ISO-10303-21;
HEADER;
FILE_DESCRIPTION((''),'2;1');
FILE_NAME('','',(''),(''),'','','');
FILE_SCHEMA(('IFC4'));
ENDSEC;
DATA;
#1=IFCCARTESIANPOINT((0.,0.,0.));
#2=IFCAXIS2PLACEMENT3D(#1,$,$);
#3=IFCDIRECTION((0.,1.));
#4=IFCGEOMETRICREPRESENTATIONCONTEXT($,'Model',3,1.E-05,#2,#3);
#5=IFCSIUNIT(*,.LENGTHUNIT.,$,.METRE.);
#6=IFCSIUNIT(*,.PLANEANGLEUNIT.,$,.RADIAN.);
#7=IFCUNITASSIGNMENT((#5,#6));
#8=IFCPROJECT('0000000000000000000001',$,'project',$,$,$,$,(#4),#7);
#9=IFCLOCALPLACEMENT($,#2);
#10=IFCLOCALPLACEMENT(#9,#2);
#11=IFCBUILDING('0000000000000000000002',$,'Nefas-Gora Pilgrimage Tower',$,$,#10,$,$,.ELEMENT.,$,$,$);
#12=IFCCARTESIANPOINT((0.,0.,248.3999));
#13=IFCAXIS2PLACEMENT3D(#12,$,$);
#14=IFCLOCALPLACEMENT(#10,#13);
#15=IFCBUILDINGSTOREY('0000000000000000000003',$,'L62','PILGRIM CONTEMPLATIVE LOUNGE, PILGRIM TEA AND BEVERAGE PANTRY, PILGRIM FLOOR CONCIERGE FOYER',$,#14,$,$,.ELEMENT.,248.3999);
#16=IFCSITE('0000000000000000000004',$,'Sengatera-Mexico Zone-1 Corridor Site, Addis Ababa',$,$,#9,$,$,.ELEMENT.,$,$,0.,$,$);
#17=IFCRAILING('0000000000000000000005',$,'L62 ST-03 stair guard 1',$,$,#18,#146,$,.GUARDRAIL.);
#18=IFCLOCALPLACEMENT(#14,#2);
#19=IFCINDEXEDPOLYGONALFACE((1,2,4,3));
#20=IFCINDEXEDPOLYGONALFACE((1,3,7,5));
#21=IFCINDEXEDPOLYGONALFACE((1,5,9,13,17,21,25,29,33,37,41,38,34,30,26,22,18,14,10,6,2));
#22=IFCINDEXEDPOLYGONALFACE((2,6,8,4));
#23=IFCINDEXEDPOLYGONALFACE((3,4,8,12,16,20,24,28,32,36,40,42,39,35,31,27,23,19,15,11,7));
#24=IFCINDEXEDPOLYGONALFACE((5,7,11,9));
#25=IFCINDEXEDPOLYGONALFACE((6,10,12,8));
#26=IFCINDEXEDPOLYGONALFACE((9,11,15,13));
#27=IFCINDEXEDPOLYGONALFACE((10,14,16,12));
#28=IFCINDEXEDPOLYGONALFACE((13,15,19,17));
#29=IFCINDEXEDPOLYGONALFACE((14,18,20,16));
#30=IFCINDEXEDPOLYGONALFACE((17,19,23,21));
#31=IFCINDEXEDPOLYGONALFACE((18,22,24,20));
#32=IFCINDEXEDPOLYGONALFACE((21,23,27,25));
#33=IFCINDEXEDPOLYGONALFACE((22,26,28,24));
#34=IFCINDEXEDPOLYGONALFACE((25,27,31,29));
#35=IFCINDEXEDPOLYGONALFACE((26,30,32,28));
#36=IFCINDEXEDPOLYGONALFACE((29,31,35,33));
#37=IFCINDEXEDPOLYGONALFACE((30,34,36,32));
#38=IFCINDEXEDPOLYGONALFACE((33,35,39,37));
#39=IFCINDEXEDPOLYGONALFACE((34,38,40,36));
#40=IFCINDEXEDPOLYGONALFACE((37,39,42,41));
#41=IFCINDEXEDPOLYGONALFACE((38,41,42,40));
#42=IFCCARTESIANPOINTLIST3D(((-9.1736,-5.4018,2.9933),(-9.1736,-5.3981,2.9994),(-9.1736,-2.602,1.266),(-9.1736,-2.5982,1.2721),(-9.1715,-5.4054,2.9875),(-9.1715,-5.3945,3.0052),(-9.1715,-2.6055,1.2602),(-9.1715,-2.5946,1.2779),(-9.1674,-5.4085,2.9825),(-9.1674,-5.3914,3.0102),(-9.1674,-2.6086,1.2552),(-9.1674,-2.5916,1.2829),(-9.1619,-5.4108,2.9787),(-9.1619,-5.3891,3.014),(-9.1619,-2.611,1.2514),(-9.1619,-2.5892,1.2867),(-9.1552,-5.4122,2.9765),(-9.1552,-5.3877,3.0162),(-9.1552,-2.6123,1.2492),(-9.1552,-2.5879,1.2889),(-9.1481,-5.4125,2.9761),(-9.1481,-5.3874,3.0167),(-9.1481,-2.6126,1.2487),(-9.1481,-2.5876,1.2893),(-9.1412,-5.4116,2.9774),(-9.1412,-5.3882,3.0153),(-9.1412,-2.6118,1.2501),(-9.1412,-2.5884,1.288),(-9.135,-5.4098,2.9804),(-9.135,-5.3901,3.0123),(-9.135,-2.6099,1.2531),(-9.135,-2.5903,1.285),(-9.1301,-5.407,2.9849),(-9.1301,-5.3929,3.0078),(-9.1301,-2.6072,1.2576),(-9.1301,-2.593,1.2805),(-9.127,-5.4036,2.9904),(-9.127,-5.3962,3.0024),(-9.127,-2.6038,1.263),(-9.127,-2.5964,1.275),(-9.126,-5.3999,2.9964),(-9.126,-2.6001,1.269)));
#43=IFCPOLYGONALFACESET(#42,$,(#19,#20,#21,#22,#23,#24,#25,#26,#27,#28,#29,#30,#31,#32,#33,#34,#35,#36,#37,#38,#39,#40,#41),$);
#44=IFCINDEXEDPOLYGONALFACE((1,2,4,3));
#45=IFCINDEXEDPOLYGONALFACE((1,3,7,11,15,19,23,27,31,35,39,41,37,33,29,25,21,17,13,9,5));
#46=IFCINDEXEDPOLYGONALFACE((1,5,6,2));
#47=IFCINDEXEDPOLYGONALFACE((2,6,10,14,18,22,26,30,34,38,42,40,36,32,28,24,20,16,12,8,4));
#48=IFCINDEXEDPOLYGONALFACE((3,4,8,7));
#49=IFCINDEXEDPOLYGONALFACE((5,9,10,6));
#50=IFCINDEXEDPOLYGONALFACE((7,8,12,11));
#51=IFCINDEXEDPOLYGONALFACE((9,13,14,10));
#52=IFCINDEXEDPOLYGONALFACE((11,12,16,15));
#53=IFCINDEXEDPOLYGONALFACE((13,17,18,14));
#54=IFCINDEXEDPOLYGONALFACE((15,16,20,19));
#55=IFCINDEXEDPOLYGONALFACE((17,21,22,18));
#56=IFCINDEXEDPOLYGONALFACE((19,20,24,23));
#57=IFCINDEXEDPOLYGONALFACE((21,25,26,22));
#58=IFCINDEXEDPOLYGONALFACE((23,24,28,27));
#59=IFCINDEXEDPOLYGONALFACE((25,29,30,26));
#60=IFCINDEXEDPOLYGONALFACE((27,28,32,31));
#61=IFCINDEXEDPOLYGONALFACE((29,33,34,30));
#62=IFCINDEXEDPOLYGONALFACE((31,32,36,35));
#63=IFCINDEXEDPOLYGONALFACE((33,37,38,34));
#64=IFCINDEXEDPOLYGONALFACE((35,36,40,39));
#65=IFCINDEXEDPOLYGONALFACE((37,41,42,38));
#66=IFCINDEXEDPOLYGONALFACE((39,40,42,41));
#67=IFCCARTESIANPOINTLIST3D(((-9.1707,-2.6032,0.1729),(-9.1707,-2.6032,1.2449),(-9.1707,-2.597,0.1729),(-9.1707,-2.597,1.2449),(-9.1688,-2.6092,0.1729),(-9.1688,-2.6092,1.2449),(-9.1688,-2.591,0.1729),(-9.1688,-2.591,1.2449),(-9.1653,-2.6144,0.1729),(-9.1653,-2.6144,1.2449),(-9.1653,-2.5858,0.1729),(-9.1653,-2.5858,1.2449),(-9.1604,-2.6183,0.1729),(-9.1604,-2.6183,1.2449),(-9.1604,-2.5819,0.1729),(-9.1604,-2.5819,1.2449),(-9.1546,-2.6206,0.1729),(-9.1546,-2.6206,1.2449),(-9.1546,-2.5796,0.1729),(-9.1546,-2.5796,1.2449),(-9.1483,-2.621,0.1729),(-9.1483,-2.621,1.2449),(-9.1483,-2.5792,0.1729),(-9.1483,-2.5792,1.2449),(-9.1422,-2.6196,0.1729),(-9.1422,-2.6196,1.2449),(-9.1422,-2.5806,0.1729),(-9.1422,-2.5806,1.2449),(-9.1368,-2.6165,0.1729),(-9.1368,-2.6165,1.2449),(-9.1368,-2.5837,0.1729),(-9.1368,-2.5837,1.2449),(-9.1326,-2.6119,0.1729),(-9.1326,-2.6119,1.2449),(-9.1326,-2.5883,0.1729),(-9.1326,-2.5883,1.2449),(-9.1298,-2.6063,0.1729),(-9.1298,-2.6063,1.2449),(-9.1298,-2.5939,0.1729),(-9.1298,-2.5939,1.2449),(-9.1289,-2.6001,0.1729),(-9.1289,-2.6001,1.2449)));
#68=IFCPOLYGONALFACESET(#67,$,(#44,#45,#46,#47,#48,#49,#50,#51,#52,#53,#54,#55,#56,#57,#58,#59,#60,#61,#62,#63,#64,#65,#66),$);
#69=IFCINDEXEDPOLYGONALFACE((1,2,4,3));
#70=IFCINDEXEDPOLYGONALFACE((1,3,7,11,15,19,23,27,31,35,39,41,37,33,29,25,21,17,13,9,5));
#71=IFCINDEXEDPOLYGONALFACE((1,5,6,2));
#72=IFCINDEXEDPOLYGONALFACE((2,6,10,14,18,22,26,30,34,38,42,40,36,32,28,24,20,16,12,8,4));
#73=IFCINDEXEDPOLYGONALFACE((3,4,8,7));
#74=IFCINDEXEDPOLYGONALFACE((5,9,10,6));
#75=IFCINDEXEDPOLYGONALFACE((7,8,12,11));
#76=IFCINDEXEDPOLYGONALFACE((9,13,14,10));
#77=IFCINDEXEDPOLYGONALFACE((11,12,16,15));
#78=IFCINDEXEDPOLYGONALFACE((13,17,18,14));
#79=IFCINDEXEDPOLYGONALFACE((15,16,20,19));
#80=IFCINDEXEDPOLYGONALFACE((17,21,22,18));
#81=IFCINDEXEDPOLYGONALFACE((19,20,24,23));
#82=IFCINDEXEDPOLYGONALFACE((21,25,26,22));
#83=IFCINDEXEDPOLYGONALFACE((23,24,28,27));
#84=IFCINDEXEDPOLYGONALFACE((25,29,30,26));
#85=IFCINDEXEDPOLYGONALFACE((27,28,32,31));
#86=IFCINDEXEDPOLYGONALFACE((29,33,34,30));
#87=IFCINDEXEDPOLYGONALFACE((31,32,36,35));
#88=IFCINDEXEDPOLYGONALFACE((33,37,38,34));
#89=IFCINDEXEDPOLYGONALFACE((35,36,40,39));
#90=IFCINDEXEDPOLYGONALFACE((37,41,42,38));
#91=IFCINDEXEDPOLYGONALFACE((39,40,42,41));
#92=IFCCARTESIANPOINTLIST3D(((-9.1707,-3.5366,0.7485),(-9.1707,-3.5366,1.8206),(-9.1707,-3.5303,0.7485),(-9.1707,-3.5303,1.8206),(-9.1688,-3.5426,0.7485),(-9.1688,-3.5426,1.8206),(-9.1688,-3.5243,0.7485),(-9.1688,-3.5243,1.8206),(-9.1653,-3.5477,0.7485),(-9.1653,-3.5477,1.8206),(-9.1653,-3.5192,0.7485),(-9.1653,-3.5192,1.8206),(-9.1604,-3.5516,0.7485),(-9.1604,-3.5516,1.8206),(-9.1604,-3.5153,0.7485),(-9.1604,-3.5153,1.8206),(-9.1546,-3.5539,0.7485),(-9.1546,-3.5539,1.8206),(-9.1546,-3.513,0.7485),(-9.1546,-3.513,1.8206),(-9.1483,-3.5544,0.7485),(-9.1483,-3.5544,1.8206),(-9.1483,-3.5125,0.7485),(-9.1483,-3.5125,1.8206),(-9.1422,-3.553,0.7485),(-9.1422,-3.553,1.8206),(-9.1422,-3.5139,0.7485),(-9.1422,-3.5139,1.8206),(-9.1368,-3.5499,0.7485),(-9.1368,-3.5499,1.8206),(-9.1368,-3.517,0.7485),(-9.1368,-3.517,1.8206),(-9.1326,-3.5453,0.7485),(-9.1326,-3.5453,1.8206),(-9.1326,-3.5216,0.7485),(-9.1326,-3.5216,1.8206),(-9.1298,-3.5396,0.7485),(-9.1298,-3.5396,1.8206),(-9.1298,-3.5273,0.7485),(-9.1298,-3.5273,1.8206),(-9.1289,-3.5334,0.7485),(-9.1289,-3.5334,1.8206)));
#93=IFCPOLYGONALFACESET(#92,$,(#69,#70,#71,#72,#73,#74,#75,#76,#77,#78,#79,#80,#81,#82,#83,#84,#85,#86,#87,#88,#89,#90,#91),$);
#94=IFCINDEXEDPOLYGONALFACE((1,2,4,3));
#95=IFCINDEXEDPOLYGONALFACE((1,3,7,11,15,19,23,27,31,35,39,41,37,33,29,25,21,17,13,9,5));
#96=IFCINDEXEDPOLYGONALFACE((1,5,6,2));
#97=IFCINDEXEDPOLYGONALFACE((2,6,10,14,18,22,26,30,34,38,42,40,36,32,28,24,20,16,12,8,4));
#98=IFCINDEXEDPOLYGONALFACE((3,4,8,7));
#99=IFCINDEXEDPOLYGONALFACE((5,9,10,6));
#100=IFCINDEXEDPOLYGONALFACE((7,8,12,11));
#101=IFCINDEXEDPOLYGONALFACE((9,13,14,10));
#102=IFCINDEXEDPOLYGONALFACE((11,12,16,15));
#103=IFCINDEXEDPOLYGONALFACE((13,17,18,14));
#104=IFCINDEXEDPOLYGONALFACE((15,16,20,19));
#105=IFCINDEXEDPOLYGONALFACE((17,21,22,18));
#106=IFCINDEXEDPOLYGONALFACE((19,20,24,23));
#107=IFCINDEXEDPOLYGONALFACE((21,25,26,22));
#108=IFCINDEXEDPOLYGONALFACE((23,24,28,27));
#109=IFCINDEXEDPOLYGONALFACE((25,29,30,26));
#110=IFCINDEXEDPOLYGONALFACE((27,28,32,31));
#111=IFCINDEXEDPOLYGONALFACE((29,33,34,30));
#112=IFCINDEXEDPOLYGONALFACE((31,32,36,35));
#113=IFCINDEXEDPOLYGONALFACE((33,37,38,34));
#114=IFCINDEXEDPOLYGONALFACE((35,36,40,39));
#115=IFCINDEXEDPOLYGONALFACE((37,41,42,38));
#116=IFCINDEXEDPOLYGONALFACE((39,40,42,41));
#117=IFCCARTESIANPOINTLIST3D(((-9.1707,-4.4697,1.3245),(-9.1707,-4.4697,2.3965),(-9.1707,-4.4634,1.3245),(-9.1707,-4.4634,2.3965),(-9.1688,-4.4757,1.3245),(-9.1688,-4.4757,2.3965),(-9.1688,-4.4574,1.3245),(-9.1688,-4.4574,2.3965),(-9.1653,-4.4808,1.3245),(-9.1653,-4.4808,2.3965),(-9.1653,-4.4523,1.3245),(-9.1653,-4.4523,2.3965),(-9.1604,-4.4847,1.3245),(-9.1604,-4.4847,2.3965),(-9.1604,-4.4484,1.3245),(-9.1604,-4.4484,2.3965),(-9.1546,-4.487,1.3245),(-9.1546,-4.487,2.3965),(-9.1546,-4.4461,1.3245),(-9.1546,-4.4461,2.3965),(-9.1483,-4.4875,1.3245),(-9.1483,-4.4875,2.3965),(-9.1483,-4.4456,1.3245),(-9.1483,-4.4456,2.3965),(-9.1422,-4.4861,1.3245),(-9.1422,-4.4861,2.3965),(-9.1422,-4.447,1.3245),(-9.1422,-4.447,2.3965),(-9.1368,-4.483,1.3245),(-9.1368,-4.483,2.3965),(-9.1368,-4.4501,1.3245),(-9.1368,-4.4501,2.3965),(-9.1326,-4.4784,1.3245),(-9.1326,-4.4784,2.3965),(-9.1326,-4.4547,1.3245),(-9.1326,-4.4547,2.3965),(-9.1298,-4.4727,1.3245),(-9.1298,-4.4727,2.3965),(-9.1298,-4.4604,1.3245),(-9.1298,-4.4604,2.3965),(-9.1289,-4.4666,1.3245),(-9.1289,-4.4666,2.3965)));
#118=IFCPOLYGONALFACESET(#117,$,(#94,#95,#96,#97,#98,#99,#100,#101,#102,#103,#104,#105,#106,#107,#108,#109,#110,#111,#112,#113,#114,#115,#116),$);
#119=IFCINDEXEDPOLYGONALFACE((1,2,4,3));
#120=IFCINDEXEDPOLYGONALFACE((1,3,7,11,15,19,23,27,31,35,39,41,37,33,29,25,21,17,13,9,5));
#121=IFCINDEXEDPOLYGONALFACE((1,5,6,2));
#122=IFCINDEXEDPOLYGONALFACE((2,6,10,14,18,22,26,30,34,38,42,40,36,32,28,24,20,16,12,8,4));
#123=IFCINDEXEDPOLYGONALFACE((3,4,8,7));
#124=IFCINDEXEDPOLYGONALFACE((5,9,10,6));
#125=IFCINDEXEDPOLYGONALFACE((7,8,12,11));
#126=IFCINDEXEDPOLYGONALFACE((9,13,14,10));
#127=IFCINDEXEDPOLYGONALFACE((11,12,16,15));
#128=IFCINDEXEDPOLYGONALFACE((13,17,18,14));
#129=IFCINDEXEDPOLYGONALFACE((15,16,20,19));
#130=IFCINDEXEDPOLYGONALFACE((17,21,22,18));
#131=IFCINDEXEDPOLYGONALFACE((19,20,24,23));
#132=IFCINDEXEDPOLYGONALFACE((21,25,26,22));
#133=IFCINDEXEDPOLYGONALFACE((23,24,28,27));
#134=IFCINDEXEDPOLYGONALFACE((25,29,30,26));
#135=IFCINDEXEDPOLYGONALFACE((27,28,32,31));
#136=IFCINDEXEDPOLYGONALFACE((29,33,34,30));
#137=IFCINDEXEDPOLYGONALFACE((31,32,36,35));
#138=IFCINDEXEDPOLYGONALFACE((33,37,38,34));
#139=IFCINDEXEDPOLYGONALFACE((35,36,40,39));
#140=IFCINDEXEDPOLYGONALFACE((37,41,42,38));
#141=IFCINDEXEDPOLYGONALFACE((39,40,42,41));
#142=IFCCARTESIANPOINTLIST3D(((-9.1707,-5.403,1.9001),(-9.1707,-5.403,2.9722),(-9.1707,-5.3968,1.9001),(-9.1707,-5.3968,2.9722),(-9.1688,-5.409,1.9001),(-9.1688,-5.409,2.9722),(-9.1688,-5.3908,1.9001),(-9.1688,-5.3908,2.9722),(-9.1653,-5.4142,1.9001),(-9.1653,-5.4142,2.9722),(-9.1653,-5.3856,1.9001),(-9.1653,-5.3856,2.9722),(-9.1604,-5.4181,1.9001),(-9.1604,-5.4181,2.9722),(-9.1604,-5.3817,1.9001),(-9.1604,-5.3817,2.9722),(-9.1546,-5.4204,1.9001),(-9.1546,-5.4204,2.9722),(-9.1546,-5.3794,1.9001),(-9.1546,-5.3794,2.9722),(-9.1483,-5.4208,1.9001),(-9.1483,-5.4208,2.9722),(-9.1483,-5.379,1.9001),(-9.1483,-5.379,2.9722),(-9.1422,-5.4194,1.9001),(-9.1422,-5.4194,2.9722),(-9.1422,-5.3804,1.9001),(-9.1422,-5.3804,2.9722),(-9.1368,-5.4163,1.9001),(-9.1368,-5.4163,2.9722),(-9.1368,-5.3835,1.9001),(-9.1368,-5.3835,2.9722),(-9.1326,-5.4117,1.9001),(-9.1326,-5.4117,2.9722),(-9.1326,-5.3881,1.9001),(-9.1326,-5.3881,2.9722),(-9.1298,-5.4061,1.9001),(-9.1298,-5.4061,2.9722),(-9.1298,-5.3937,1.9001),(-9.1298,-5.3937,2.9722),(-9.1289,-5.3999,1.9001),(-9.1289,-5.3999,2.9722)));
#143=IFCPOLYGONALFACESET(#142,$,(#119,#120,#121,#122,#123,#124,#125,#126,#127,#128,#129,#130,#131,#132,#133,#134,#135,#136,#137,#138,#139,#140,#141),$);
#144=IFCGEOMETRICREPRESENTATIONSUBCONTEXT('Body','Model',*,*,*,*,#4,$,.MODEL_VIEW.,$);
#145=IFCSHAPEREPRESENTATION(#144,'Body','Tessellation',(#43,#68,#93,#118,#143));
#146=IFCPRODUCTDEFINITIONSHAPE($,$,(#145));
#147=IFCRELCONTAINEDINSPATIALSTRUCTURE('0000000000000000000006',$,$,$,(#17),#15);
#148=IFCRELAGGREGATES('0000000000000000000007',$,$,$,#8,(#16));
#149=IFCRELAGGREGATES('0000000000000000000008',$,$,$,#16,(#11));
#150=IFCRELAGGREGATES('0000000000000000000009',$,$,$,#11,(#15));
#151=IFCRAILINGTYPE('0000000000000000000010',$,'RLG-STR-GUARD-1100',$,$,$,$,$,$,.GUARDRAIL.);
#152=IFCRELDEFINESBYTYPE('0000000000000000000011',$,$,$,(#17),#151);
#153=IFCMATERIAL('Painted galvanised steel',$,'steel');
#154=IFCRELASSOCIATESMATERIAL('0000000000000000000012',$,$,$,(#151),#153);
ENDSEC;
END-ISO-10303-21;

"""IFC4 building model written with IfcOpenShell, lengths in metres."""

from ifc_helpers import new_model, si_unit, direction, frame, origin, origin_2d, place, context, subcontext, project, spatial, circle, extrude, material, type_object, element, save


model = new_model("IFC4")

# Units and contexts
model_context = context("Model", 3, precision=1e-05, world=origin(), true_north=direction((0.0, 1.0)))
body_context = subcontext(model_context, "Body", "Model", "MODEL_VIEW")
ifc_project = project(units=[si_unit("LENGTHUNIT", "METRE"), si_unit("PLANEANGLEUNIT", "RADIAN")], contexts=[model_context])

# Site, building, storey
site_placement = place(None, origin())
site = spatial("IfcSite", under=ifc_project, at=site_placement, Name="Sengatera-Mexico Zone-1 Corridor Site, Addis Ababa", CompositionType="ELEMENT", RefElevation=0.0)
building_placement = place(site_placement, origin())
building = spatial("IfcBuilding", under=site, at=building_placement, Name="Nefas-Gora Pilgrimage Tower", CompositionType="ELEMENT")
storey_placement = place(building_placement, frame((0.0, 0.0, 248.3999)))
storey = spatial("IfcBuildingStorey", under=building, at=storey_placement, Name="L62", Description="PILGRIM CONTEMPLATIVE LOUNGE, PILGRIM TEA AND BEVERAGE PANTRY, PILGRIM FLOOR CONCIERGE FOYER", CompositionType="ELEMENT", Elevation=248.3999)

# Railing
ifc_material_1 = material(Name="Painted galvanised steel", Category="steel")
railing_type_1 = type_object("IfcRailingType", Name="RLG-STR-GUARD-1100", PredefinedType="GUARDRAIL", material=ifc_material_1)
railing_1_placement = place(storey_placement, frame((-9.1499, -2.6001, 0.1729)))
element("IfcRailing", 1, at=railing_1_placement, inside=storey, type_object=railing_type_1, Name="L62 ST-03 stair guard 1", PredefinedType="GUARDRAIL", context=body_context, shape_type="SweptSolid", body=[
    extrude(circle(Radius=0.0239, at=origin_2d()), frame((0.0, 0.0, 1.0962), z_axis=(0.0, -0.851069, 0.525054), x_axis=(1.0, 0.0, 0.0)), (0.0, 0.0, 1.0), 3.2898),
    extrude(circle(Radius=0.021, at=origin_2d()), origin(), (0.0, 0.0, 1.0), 1.072),
    extrude(circle(Radius=0.021, at=origin_2d()), frame((0.0, -0.9333, 0.5757)), (0.0, 0.0, 1.0), 1.072),
    extrude(circle(Radius=0.021, at=origin_2d()), frame((0.0, -1.8665, 1.1516)), (0.0, 0.0, 1.0), 1.072),
    extrude(circle(Radius=0.021, at=origin_2d()), frame((0.0, -2.7998, 1.7273)), (0.0, 0.0, 1.0), 1.072),
])

save(model, "model.ifc")
